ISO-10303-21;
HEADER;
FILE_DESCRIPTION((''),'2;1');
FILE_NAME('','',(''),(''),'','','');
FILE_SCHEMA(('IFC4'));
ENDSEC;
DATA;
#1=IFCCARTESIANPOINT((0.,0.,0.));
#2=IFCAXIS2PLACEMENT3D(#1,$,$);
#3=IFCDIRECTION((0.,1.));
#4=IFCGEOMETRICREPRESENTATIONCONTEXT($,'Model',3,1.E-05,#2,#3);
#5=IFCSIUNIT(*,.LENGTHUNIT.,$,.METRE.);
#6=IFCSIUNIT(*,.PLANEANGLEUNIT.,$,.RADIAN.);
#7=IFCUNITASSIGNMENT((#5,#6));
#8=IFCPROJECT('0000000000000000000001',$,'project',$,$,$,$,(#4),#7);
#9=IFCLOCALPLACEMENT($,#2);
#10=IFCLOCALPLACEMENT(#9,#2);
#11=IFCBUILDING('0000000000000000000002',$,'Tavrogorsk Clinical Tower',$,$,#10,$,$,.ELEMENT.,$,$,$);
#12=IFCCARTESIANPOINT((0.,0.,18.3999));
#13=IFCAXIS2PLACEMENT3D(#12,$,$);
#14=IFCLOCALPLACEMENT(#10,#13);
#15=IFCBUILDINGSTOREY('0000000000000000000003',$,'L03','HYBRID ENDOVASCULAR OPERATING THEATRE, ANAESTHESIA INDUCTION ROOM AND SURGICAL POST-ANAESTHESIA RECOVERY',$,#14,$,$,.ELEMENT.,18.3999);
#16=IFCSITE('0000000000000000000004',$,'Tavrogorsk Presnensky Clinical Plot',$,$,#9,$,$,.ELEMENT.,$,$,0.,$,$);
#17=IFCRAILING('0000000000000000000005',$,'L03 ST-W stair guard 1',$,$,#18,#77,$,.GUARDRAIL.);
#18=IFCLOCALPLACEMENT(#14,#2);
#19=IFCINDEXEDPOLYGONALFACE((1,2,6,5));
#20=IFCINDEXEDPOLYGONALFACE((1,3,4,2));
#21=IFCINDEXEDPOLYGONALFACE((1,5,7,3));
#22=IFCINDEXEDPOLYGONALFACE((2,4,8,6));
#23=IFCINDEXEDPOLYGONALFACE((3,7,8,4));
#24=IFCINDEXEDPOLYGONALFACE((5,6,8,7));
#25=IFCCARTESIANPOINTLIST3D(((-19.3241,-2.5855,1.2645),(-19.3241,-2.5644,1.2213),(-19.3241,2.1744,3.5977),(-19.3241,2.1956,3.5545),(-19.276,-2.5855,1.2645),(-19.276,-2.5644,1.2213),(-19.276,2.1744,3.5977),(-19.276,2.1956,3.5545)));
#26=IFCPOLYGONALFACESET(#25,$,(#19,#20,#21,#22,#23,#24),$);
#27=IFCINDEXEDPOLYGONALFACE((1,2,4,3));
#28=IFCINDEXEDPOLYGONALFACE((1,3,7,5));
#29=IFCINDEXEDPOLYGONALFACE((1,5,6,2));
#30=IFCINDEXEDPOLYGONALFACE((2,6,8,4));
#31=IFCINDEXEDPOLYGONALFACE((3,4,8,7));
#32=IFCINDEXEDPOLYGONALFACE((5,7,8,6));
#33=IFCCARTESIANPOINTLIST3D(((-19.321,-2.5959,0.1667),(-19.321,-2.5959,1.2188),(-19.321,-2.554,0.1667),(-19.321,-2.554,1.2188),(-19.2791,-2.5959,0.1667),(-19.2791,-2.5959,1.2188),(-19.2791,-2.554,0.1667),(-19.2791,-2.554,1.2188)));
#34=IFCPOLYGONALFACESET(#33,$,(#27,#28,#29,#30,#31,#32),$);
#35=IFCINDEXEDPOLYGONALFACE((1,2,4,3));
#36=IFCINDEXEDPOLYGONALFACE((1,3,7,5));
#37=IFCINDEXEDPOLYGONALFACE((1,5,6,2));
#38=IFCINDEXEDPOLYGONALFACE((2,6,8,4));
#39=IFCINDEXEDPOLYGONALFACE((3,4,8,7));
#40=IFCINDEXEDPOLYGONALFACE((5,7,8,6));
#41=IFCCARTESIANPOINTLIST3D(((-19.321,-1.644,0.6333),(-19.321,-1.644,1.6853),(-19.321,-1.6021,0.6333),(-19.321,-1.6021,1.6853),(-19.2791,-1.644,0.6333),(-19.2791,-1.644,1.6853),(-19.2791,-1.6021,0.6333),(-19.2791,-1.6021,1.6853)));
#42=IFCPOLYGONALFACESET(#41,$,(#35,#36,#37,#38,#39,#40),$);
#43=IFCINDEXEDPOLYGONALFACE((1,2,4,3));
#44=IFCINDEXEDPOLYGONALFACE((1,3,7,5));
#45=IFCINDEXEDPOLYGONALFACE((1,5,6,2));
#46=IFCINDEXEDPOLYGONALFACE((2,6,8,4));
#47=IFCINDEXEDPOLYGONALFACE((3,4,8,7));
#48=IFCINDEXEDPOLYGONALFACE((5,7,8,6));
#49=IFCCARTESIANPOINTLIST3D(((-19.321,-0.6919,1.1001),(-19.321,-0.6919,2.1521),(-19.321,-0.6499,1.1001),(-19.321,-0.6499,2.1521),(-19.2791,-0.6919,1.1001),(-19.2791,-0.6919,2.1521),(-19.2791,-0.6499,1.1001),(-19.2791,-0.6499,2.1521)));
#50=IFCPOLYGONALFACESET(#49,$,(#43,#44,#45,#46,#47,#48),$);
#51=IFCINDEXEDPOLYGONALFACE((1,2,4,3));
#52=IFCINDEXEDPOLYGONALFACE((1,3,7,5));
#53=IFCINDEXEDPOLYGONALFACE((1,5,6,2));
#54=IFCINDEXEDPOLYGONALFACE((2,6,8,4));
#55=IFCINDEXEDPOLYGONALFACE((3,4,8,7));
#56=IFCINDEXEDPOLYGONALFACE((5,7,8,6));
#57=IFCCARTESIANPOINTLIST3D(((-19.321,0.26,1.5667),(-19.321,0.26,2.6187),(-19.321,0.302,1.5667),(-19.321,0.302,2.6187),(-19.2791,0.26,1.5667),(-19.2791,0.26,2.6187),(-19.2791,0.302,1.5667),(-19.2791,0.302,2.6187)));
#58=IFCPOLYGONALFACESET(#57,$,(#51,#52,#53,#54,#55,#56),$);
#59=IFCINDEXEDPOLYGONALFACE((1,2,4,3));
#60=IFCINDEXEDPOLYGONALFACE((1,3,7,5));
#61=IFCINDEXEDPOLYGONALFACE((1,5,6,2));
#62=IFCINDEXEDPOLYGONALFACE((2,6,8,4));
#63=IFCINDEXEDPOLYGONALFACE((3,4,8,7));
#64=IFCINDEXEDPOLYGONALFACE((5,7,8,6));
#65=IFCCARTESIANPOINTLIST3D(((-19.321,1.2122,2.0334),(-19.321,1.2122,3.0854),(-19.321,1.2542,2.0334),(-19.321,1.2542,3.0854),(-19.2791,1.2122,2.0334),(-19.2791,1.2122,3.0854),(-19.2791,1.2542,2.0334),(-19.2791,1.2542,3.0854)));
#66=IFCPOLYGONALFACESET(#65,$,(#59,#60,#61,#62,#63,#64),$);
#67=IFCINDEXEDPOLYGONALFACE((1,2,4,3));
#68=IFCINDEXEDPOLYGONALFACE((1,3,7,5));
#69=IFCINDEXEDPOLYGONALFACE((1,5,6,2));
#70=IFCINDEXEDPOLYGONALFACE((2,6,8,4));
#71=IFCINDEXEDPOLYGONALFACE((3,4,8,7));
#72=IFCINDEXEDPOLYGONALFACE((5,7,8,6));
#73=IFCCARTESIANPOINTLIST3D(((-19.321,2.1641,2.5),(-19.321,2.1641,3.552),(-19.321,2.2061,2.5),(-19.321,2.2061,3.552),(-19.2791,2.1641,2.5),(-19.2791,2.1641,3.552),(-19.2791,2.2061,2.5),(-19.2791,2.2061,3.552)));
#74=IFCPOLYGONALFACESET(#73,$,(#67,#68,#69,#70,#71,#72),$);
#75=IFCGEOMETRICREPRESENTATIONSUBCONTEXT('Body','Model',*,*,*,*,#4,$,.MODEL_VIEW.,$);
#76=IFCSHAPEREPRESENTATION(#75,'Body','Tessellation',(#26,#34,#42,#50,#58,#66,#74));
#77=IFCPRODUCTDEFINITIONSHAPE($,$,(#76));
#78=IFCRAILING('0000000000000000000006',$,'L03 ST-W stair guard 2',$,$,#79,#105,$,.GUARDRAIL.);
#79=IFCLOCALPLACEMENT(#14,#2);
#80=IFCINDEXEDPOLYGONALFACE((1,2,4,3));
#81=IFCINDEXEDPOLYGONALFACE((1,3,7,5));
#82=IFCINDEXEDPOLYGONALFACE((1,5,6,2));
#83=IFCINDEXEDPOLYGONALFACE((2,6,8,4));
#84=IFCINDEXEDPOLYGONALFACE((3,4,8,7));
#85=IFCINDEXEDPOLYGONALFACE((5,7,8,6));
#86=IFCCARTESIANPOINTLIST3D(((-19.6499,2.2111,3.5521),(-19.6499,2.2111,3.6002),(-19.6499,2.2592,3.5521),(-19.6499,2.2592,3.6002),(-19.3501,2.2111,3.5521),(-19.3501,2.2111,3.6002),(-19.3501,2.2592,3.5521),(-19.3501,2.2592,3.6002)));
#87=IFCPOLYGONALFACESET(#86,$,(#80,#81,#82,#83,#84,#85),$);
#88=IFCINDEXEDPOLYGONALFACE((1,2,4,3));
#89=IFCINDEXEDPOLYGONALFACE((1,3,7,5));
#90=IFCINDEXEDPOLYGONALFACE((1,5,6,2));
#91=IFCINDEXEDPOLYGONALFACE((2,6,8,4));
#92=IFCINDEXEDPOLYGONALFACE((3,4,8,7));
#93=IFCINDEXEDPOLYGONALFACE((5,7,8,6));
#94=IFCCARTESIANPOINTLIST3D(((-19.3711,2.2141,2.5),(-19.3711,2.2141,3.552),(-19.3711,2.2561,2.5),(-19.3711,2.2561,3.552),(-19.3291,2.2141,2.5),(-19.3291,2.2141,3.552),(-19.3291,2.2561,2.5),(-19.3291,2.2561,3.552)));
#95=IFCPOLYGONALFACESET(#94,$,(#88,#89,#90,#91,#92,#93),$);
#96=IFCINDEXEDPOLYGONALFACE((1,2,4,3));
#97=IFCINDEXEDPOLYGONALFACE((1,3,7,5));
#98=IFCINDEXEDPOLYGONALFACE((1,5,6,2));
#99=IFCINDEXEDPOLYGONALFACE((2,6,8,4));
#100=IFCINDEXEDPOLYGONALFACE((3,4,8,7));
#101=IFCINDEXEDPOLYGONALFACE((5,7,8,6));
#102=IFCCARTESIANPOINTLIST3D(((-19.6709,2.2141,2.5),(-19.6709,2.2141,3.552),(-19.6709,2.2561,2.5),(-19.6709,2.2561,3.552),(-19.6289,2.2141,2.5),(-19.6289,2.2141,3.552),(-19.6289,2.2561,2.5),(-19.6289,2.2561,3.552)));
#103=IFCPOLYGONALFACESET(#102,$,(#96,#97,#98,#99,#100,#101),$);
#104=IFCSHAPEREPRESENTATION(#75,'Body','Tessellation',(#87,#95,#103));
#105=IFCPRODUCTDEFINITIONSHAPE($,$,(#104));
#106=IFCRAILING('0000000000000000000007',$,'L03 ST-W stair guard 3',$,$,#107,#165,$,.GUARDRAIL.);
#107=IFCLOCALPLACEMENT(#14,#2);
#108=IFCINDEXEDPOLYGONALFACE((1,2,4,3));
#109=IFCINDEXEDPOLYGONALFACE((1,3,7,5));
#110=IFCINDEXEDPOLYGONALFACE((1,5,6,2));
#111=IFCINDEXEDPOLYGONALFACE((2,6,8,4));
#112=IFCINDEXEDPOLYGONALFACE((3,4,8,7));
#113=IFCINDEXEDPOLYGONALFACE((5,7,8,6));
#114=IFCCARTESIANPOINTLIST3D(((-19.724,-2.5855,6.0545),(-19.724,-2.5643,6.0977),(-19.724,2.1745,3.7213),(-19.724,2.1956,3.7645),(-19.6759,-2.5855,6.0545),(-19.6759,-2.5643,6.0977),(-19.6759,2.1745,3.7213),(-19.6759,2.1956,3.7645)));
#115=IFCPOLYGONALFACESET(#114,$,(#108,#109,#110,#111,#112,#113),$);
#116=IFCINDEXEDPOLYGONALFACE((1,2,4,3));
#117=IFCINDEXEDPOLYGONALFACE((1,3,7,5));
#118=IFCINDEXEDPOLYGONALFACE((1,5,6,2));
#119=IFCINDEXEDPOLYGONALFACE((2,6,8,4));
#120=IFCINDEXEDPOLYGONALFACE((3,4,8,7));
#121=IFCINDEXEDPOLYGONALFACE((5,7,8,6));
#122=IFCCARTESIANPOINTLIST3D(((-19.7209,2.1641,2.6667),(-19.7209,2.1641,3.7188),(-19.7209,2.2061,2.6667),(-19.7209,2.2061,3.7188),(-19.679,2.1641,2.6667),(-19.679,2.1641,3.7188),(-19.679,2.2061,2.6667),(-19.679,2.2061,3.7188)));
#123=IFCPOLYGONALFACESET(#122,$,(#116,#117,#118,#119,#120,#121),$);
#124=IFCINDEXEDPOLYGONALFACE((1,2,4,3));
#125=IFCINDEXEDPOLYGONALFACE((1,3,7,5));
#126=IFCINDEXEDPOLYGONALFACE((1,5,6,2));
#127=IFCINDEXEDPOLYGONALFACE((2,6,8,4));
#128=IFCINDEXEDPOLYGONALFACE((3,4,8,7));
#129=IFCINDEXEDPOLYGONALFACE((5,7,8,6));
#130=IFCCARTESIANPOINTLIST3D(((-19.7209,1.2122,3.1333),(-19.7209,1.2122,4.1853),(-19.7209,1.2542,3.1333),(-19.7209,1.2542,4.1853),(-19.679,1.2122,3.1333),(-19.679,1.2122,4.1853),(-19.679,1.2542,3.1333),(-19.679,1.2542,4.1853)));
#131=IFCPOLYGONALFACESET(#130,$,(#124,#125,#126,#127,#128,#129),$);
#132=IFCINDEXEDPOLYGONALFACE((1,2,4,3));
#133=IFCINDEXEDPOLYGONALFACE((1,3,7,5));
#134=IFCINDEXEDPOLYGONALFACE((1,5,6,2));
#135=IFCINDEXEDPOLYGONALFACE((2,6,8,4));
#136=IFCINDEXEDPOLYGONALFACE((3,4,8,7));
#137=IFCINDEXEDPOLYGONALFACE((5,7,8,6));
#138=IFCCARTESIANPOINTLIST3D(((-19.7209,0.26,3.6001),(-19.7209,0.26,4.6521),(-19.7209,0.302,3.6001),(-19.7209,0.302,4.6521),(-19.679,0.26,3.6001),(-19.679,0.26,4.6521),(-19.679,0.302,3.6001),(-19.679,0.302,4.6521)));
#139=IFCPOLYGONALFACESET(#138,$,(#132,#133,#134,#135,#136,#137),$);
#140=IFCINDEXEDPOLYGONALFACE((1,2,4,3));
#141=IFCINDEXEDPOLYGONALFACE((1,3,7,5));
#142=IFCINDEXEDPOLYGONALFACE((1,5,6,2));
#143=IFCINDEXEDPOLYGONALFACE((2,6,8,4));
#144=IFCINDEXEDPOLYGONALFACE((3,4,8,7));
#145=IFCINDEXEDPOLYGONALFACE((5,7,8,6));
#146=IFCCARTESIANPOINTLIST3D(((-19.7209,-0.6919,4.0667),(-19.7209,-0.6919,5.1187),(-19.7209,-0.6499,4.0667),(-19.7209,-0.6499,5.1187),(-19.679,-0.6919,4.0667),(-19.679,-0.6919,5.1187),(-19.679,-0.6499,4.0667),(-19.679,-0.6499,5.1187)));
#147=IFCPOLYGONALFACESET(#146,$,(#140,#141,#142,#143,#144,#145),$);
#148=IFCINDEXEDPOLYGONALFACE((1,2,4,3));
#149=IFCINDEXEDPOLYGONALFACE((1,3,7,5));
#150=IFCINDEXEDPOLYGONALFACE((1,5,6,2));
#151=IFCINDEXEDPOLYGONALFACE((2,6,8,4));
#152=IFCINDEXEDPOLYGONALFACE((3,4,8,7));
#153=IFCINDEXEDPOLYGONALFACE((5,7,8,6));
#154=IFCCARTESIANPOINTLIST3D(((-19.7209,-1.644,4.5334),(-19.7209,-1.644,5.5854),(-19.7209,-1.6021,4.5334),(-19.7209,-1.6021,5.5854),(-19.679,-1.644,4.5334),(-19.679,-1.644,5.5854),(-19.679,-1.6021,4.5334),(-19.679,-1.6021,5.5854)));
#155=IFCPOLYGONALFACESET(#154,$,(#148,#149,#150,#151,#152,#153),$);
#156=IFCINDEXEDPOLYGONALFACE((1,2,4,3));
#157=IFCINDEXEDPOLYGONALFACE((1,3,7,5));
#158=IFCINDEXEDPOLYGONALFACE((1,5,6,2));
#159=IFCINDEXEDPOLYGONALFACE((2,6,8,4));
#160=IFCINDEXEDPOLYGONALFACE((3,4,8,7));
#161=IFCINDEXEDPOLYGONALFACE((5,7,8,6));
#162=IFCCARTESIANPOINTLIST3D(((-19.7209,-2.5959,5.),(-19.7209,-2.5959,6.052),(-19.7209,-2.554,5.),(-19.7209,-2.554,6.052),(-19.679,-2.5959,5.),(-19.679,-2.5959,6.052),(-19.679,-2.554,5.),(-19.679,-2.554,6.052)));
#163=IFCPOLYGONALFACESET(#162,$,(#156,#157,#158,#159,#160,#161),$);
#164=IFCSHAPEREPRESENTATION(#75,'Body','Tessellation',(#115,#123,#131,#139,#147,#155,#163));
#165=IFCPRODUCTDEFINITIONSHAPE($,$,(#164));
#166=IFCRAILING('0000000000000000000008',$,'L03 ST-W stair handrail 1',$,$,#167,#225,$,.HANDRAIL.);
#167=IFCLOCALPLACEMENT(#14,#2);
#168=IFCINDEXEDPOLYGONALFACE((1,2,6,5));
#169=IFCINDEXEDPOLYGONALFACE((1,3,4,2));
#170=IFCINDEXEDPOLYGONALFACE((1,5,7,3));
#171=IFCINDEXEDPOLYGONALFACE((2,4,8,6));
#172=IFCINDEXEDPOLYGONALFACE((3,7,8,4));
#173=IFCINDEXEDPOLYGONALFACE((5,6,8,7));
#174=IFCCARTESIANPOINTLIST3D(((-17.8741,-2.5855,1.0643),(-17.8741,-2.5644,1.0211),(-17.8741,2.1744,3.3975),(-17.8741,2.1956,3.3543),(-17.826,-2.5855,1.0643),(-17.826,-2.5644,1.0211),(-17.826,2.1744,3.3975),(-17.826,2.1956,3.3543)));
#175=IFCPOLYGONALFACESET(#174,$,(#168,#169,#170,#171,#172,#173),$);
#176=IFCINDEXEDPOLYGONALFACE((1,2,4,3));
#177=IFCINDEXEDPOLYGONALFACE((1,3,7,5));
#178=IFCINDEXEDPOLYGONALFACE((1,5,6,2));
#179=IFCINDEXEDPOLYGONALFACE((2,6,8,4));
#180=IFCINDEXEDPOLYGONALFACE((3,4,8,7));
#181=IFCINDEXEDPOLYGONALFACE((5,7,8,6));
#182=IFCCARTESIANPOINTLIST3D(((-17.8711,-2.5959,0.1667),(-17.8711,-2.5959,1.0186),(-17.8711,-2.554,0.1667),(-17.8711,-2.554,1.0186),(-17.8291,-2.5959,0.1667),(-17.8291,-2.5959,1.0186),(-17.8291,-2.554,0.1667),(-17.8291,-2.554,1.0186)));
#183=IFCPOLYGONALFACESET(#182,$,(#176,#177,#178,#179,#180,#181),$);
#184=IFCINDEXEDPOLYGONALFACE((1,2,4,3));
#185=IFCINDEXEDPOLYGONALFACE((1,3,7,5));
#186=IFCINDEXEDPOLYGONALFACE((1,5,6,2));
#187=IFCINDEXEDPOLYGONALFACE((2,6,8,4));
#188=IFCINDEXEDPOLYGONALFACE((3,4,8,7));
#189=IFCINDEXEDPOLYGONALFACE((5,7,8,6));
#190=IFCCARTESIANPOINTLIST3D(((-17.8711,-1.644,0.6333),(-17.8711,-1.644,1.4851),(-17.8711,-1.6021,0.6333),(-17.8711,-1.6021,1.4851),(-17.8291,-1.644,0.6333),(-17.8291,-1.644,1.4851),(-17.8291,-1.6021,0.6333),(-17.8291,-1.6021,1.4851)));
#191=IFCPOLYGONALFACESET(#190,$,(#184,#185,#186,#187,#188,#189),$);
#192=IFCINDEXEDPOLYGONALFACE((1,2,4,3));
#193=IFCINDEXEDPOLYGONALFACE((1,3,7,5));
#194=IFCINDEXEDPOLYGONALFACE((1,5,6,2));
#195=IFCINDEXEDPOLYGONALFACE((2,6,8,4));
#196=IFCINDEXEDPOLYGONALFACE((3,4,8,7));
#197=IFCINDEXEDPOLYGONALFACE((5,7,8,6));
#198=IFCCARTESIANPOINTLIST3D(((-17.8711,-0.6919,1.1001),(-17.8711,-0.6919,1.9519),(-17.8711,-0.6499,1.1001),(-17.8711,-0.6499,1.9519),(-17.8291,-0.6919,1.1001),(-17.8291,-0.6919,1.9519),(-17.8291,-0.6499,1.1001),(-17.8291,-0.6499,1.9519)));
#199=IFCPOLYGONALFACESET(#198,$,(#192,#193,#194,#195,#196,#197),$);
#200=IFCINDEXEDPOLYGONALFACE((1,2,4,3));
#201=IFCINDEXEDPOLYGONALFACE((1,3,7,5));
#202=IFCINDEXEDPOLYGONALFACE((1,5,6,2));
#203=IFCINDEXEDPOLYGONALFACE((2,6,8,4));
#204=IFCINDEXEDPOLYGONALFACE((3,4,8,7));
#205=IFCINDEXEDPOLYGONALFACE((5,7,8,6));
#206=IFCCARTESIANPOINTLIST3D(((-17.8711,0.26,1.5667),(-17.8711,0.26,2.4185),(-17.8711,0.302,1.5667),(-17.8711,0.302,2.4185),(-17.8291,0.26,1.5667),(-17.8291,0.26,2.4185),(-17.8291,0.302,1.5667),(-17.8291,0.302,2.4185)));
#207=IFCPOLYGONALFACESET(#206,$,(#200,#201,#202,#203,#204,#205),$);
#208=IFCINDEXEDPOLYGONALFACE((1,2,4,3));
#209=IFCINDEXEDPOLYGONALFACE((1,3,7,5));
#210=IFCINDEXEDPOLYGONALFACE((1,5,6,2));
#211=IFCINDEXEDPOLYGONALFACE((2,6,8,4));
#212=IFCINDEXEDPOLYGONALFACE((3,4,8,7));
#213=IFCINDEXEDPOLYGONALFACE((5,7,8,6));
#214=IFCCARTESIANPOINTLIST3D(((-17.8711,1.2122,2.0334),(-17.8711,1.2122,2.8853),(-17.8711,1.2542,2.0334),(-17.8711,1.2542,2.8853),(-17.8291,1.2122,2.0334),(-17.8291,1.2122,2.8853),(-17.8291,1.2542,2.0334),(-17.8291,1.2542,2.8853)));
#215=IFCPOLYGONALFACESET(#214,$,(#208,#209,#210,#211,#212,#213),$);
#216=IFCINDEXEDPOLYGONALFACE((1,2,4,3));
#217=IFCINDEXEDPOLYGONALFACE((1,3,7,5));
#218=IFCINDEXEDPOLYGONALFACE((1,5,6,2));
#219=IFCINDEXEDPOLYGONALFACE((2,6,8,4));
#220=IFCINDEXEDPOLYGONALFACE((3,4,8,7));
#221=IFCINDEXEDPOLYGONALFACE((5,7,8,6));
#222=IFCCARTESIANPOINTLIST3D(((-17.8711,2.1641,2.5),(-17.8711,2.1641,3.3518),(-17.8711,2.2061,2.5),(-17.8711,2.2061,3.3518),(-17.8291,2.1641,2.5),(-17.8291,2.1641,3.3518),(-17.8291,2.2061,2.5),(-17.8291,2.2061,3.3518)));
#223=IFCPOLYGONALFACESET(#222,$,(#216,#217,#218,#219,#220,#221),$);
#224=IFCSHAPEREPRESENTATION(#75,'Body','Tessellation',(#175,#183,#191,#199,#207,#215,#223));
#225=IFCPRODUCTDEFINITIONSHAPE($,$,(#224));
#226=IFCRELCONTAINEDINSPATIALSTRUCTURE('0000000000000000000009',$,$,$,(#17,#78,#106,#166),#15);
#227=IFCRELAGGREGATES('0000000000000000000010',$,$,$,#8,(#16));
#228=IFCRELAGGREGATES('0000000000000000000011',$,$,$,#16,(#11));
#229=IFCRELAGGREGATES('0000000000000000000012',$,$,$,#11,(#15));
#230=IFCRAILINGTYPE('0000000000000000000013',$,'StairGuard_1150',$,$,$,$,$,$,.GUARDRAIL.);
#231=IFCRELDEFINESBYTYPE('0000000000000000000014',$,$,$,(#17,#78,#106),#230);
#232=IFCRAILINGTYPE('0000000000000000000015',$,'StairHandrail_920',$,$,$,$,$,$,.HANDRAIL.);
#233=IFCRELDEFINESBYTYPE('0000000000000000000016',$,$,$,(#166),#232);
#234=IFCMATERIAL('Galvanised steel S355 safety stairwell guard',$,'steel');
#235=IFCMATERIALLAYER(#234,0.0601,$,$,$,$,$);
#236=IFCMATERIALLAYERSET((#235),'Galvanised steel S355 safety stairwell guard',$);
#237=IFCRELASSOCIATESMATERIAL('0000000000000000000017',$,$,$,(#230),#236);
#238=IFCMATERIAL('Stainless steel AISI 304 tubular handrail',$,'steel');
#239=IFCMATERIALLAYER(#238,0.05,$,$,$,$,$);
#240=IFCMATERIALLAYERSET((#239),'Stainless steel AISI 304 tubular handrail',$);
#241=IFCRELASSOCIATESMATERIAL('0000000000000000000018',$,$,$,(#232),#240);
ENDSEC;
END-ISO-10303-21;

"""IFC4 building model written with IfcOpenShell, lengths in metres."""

from ifc_helpers import new_model, si_unit, direction, frame, origin, origin_2d, place, context, subcontext, project, spatial, rectangle, extrude, material, layer, layer_set, type_object, element, save


model = new_model("IFC4")

# Units and contexts
model_context = context("Model", 3, precision=1e-05, world=origin(), true_north=direction((0.0, 1.0)))
body_context = subcontext(model_context, "Body", "Model", "MODEL_VIEW")
ifc_project = project(units=[si_unit("LENGTHUNIT", "METRE"), si_unit("PLANEANGLEUNIT", "RADIAN")], contexts=[model_context])

# Site, building, storey
site_placement = place(None, origin())
site = spatial("IfcSite", under=ifc_project, at=site_placement, Name="Tavrogorsk Presnensky Clinical Plot", CompositionType="ELEMENT", RefElevation=0.0)
building_placement = place(site_placement, origin())
building = spatial("IfcBuilding", under=site, at=building_placement, Name="Tavrogorsk Clinical Tower", CompositionType="ELEMENT")
storey_placement = place(building_placement, frame((0.0, 0.0, 18.3999)))
storey = spatial("IfcBuildingStorey", under=building, at=storey_placement, Name="L03", Description="HYBRID ENDOVASCULAR OPERATING THEATRE, ANAESTHESIA INDUCTION ROOM AND SURGICAL POST-ANAESTHESIA RECOVERY", CompositionType="ELEMENT", Elevation=18.3999)

# Railings
ifc_material_1 = material(Name="Galvanised steel S355 safety stairwell guard", Category="steel")
ifc_layer_1 = layer(ifc_material_1, 0.0601)
ifc_layer_set_1 = layer_set([ifc_layer_1], Name="Galvanised steel S355 safety stairwell guard")
railing_type_1 = type_object("IfcRailingType", Name="StairGuard_1150", PredefinedType="GUARDRAIL", material=ifc_layer_set_1)
railing_1_placement = place(storey_placement, frame((-19.3, -2.575, 0.1667)))
element("IfcRailing", 1, at=railing_1_placement, inside=storey, type_object=railing_type_1, Name="L03 ST-W stair guard 1", PredefinedType="GUARDRAIL", context=body_context, shape_type="SweptSolid", body=[
    extrude(rectangle(XDim=0.0481, YDim=0.0481, at=origin_2d()), frame((0.0, 0.0, 1.0762), z_axis=(0.0, 0.897927, 0.440144), x_axis=(-1.0, 0.0, 0.0)), (0.0, 0.0, 1.0), 5.301),
    extrude(rectangle(XDim=0.042, YDim=0.042, at=origin_2d()), origin(), (0.0, 0.0, 1.0), 1.052),
    extrude(rectangle(XDim=0.042, YDim=0.042, at=origin_2d()), frame((0.0, 0.9519, 0.4666)), (0.0, 0.0, 1.0), 1.052),
    extrude(rectangle(XDim=0.042, YDim=0.042, at=origin_2d()), frame((0.0, 1.9041, 0.9333)), (0.0, 0.0, 1.0), 1.052),
    extrude(rectangle(XDim=0.042, YDim=0.042, at=origin_2d()), frame((0.0, 2.856, 1.3999)), (0.0, 0.0, 1.0), 1.052),
    extrude(rectangle(XDim=0.042, YDim=0.042, at=origin_2d()), frame((0.0, 3.8081, 1.8667)), (0.0, 0.0, 1.0), 1.052),
    extrude(rectangle(XDim=0.042, YDim=0.042, at=origin_2d()), frame((0.0, 4.76, 2.3333)), (0.0, 0.0, 1.0), 1.052),
])
railing_2_placement = place(storey_placement, frame((-19.3501, 2.2351, 2.5)))
element("IfcRailing", 2, at=railing_2_placement, inside=storey, type_object=railing_type_1, Name="L03 ST-W stair guard 2", PredefinedType="GUARDRAIL", context=body_context, shape_type="SweptSolid", body=[
    extrude(rectangle(XDim=0.0481, YDim=0.0481, at=origin_2d()), frame((0.0, 0.0, 1.0762), z_axis=(-1.0, 0.0, 0.0), x_axis=(0.0, -1.0, 0.0)), (0.0, 0.0, 1.0), 0.2998),
    extrude(rectangle(XDim=0.042, YDim=0.042, at=origin_2d()), origin(), (0.0, 0.0, 1.0), 1.052),
    extrude(rectangle(XDim=0.042, YDim=0.042, at=origin_2d()), frame((-0.2998, 0.0, 0.0)), (0.0, 0.0, 1.0), 1.052),
])
railing_3_placement = place(storey_placement, frame((-19.7, 2.1851, 2.6667)))
element("IfcRailing", 3, at=railing_3_placement, inside=storey, type_object=railing_type_1, Name="L03 ST-W stair guard 3", PredefinedType="GUARDRAIL", context=body_context, shape_type="SweptSolid", body=[
    extrude(rectangle(XDim=0.0481, YDim=0.0481, at=origin_2d()), frame((0.0, 0.0, 1.0762), z_axis=(0.0, -0.897927, 0.440144), x_axis=(1.0, 0.0, 0.0)), (0.0, 0.0, 1.0), 5.301),
    extrude(rectangle(XDim=0.042, YDim=0.042, at=origin_2d()), origin(), (0.0, 0.0, 1.0), 1.052),
    extrude(rectangle(XDim=0.042, YDim=0.042, at=origin_2d()), frame((0.0, -0.9519, 0.4666)), (0.0, 0.0, 1.0), 1.052),
    extrude(rectangle(XDim=0.042, YDim=0.042, at=origin_2d()), frame((0.0, -1.9041, 0.9333)), (0.0, 0.0, 1.0), 1.052),
    extrude(rectangle(XDim=0.042, YDim=0.042, at=origin_2d()), frame((0.0, -2.856, 1.3999)), (0.0, 0.0, 1.0), 1.052),
    extrude(rectangle(XDim=0.042, YDim=0.042, at=origin_2d()), frame((0.0, -3.8081, 1.8667)), (0.0, 0.0, 1.0), 1.052),
    extrude(rectangle(XDim=0.042, YDim=0.042, at=origin_2d()), frame((0.0, -4.76, 2.3333)), (0.0, 0.0, 1.0), 1.052),
])
ifc_material_2 = material(Name="Stainless steel AISI 304 tubular handrail", Category="steel")
ifc_layer_2 = layer(ifc_material_2, 0.05)
ifc_layer_set_2 = layer_set([ifc_layer_2], Name="Stainless steel AISI 304 tubular handrail")
railing_type_2 = type_object("IfcRailingType", Name="StairHandrail_920", PredefinedType="HANDRAIL", material=ifc_layer_set_2)
railing_4_placement = place(storey_placement, frame((-17.8501, -2.575, 0.1667)))
element("IfcRailing", 4, at=railing_4_placement, inside=storey, type_object=railing_type_2, Name="L03 ST-W stair handrail 1", PredefinedType="HANDRAIL", context=body_context, shape_type="SweptSolid", body=[
    extrude(rectangle(XDim=0.0481, YDim=0.0481, at=origin_2d()), frame((0.0, 0.0, 0.876), z_axis=(0.0, 0.897927, 0.440144), x_axis=(-1.0, 0.0, 0.0)), (0.0, 0.0, 1.0), 5.301),
    extrude(rectangle(XDim=0.042, YDim=0.042, at=origin_2d()), origin(), (0.0, 0.0, 1.0), 0.8518),
    extrude(rectangle(XDim=0.042, YDim=0.042, at=origin_2d()), frame((0.0, 0.9519, 0.4666)), (0.0, 0.0, 1.0), 0.8518),
    extrude(rectangle(XDim=0.042, YDim=0.042, at=origin_2d()), frame((0.0, 1.9041, 0.9333)), (0.0, 0.0, 1.0), 0.8518),
    extrude(rectangle(XDim=0.042, YDim=0.042, at=origin_2d()), frame((0.0, 2.856, 1.3999)), (0.0, 0.0, 1.0), 0.8518),
    extrude(rectangle(XDim=0.042, YDim=0.042, at=origin_2d()), frame((0.0, 3.8081, 1.8667)), (0.0, 0.0, 1.0), 0.8518),
    extrude(rectangle(XDim=0.042, YDim=0.042, at=origin_2d()), frame((0.0, 4.76, 2.3333)), (0.0, 0.0, 1.0), 0.8518),
])

save(model, "model.ifc")
